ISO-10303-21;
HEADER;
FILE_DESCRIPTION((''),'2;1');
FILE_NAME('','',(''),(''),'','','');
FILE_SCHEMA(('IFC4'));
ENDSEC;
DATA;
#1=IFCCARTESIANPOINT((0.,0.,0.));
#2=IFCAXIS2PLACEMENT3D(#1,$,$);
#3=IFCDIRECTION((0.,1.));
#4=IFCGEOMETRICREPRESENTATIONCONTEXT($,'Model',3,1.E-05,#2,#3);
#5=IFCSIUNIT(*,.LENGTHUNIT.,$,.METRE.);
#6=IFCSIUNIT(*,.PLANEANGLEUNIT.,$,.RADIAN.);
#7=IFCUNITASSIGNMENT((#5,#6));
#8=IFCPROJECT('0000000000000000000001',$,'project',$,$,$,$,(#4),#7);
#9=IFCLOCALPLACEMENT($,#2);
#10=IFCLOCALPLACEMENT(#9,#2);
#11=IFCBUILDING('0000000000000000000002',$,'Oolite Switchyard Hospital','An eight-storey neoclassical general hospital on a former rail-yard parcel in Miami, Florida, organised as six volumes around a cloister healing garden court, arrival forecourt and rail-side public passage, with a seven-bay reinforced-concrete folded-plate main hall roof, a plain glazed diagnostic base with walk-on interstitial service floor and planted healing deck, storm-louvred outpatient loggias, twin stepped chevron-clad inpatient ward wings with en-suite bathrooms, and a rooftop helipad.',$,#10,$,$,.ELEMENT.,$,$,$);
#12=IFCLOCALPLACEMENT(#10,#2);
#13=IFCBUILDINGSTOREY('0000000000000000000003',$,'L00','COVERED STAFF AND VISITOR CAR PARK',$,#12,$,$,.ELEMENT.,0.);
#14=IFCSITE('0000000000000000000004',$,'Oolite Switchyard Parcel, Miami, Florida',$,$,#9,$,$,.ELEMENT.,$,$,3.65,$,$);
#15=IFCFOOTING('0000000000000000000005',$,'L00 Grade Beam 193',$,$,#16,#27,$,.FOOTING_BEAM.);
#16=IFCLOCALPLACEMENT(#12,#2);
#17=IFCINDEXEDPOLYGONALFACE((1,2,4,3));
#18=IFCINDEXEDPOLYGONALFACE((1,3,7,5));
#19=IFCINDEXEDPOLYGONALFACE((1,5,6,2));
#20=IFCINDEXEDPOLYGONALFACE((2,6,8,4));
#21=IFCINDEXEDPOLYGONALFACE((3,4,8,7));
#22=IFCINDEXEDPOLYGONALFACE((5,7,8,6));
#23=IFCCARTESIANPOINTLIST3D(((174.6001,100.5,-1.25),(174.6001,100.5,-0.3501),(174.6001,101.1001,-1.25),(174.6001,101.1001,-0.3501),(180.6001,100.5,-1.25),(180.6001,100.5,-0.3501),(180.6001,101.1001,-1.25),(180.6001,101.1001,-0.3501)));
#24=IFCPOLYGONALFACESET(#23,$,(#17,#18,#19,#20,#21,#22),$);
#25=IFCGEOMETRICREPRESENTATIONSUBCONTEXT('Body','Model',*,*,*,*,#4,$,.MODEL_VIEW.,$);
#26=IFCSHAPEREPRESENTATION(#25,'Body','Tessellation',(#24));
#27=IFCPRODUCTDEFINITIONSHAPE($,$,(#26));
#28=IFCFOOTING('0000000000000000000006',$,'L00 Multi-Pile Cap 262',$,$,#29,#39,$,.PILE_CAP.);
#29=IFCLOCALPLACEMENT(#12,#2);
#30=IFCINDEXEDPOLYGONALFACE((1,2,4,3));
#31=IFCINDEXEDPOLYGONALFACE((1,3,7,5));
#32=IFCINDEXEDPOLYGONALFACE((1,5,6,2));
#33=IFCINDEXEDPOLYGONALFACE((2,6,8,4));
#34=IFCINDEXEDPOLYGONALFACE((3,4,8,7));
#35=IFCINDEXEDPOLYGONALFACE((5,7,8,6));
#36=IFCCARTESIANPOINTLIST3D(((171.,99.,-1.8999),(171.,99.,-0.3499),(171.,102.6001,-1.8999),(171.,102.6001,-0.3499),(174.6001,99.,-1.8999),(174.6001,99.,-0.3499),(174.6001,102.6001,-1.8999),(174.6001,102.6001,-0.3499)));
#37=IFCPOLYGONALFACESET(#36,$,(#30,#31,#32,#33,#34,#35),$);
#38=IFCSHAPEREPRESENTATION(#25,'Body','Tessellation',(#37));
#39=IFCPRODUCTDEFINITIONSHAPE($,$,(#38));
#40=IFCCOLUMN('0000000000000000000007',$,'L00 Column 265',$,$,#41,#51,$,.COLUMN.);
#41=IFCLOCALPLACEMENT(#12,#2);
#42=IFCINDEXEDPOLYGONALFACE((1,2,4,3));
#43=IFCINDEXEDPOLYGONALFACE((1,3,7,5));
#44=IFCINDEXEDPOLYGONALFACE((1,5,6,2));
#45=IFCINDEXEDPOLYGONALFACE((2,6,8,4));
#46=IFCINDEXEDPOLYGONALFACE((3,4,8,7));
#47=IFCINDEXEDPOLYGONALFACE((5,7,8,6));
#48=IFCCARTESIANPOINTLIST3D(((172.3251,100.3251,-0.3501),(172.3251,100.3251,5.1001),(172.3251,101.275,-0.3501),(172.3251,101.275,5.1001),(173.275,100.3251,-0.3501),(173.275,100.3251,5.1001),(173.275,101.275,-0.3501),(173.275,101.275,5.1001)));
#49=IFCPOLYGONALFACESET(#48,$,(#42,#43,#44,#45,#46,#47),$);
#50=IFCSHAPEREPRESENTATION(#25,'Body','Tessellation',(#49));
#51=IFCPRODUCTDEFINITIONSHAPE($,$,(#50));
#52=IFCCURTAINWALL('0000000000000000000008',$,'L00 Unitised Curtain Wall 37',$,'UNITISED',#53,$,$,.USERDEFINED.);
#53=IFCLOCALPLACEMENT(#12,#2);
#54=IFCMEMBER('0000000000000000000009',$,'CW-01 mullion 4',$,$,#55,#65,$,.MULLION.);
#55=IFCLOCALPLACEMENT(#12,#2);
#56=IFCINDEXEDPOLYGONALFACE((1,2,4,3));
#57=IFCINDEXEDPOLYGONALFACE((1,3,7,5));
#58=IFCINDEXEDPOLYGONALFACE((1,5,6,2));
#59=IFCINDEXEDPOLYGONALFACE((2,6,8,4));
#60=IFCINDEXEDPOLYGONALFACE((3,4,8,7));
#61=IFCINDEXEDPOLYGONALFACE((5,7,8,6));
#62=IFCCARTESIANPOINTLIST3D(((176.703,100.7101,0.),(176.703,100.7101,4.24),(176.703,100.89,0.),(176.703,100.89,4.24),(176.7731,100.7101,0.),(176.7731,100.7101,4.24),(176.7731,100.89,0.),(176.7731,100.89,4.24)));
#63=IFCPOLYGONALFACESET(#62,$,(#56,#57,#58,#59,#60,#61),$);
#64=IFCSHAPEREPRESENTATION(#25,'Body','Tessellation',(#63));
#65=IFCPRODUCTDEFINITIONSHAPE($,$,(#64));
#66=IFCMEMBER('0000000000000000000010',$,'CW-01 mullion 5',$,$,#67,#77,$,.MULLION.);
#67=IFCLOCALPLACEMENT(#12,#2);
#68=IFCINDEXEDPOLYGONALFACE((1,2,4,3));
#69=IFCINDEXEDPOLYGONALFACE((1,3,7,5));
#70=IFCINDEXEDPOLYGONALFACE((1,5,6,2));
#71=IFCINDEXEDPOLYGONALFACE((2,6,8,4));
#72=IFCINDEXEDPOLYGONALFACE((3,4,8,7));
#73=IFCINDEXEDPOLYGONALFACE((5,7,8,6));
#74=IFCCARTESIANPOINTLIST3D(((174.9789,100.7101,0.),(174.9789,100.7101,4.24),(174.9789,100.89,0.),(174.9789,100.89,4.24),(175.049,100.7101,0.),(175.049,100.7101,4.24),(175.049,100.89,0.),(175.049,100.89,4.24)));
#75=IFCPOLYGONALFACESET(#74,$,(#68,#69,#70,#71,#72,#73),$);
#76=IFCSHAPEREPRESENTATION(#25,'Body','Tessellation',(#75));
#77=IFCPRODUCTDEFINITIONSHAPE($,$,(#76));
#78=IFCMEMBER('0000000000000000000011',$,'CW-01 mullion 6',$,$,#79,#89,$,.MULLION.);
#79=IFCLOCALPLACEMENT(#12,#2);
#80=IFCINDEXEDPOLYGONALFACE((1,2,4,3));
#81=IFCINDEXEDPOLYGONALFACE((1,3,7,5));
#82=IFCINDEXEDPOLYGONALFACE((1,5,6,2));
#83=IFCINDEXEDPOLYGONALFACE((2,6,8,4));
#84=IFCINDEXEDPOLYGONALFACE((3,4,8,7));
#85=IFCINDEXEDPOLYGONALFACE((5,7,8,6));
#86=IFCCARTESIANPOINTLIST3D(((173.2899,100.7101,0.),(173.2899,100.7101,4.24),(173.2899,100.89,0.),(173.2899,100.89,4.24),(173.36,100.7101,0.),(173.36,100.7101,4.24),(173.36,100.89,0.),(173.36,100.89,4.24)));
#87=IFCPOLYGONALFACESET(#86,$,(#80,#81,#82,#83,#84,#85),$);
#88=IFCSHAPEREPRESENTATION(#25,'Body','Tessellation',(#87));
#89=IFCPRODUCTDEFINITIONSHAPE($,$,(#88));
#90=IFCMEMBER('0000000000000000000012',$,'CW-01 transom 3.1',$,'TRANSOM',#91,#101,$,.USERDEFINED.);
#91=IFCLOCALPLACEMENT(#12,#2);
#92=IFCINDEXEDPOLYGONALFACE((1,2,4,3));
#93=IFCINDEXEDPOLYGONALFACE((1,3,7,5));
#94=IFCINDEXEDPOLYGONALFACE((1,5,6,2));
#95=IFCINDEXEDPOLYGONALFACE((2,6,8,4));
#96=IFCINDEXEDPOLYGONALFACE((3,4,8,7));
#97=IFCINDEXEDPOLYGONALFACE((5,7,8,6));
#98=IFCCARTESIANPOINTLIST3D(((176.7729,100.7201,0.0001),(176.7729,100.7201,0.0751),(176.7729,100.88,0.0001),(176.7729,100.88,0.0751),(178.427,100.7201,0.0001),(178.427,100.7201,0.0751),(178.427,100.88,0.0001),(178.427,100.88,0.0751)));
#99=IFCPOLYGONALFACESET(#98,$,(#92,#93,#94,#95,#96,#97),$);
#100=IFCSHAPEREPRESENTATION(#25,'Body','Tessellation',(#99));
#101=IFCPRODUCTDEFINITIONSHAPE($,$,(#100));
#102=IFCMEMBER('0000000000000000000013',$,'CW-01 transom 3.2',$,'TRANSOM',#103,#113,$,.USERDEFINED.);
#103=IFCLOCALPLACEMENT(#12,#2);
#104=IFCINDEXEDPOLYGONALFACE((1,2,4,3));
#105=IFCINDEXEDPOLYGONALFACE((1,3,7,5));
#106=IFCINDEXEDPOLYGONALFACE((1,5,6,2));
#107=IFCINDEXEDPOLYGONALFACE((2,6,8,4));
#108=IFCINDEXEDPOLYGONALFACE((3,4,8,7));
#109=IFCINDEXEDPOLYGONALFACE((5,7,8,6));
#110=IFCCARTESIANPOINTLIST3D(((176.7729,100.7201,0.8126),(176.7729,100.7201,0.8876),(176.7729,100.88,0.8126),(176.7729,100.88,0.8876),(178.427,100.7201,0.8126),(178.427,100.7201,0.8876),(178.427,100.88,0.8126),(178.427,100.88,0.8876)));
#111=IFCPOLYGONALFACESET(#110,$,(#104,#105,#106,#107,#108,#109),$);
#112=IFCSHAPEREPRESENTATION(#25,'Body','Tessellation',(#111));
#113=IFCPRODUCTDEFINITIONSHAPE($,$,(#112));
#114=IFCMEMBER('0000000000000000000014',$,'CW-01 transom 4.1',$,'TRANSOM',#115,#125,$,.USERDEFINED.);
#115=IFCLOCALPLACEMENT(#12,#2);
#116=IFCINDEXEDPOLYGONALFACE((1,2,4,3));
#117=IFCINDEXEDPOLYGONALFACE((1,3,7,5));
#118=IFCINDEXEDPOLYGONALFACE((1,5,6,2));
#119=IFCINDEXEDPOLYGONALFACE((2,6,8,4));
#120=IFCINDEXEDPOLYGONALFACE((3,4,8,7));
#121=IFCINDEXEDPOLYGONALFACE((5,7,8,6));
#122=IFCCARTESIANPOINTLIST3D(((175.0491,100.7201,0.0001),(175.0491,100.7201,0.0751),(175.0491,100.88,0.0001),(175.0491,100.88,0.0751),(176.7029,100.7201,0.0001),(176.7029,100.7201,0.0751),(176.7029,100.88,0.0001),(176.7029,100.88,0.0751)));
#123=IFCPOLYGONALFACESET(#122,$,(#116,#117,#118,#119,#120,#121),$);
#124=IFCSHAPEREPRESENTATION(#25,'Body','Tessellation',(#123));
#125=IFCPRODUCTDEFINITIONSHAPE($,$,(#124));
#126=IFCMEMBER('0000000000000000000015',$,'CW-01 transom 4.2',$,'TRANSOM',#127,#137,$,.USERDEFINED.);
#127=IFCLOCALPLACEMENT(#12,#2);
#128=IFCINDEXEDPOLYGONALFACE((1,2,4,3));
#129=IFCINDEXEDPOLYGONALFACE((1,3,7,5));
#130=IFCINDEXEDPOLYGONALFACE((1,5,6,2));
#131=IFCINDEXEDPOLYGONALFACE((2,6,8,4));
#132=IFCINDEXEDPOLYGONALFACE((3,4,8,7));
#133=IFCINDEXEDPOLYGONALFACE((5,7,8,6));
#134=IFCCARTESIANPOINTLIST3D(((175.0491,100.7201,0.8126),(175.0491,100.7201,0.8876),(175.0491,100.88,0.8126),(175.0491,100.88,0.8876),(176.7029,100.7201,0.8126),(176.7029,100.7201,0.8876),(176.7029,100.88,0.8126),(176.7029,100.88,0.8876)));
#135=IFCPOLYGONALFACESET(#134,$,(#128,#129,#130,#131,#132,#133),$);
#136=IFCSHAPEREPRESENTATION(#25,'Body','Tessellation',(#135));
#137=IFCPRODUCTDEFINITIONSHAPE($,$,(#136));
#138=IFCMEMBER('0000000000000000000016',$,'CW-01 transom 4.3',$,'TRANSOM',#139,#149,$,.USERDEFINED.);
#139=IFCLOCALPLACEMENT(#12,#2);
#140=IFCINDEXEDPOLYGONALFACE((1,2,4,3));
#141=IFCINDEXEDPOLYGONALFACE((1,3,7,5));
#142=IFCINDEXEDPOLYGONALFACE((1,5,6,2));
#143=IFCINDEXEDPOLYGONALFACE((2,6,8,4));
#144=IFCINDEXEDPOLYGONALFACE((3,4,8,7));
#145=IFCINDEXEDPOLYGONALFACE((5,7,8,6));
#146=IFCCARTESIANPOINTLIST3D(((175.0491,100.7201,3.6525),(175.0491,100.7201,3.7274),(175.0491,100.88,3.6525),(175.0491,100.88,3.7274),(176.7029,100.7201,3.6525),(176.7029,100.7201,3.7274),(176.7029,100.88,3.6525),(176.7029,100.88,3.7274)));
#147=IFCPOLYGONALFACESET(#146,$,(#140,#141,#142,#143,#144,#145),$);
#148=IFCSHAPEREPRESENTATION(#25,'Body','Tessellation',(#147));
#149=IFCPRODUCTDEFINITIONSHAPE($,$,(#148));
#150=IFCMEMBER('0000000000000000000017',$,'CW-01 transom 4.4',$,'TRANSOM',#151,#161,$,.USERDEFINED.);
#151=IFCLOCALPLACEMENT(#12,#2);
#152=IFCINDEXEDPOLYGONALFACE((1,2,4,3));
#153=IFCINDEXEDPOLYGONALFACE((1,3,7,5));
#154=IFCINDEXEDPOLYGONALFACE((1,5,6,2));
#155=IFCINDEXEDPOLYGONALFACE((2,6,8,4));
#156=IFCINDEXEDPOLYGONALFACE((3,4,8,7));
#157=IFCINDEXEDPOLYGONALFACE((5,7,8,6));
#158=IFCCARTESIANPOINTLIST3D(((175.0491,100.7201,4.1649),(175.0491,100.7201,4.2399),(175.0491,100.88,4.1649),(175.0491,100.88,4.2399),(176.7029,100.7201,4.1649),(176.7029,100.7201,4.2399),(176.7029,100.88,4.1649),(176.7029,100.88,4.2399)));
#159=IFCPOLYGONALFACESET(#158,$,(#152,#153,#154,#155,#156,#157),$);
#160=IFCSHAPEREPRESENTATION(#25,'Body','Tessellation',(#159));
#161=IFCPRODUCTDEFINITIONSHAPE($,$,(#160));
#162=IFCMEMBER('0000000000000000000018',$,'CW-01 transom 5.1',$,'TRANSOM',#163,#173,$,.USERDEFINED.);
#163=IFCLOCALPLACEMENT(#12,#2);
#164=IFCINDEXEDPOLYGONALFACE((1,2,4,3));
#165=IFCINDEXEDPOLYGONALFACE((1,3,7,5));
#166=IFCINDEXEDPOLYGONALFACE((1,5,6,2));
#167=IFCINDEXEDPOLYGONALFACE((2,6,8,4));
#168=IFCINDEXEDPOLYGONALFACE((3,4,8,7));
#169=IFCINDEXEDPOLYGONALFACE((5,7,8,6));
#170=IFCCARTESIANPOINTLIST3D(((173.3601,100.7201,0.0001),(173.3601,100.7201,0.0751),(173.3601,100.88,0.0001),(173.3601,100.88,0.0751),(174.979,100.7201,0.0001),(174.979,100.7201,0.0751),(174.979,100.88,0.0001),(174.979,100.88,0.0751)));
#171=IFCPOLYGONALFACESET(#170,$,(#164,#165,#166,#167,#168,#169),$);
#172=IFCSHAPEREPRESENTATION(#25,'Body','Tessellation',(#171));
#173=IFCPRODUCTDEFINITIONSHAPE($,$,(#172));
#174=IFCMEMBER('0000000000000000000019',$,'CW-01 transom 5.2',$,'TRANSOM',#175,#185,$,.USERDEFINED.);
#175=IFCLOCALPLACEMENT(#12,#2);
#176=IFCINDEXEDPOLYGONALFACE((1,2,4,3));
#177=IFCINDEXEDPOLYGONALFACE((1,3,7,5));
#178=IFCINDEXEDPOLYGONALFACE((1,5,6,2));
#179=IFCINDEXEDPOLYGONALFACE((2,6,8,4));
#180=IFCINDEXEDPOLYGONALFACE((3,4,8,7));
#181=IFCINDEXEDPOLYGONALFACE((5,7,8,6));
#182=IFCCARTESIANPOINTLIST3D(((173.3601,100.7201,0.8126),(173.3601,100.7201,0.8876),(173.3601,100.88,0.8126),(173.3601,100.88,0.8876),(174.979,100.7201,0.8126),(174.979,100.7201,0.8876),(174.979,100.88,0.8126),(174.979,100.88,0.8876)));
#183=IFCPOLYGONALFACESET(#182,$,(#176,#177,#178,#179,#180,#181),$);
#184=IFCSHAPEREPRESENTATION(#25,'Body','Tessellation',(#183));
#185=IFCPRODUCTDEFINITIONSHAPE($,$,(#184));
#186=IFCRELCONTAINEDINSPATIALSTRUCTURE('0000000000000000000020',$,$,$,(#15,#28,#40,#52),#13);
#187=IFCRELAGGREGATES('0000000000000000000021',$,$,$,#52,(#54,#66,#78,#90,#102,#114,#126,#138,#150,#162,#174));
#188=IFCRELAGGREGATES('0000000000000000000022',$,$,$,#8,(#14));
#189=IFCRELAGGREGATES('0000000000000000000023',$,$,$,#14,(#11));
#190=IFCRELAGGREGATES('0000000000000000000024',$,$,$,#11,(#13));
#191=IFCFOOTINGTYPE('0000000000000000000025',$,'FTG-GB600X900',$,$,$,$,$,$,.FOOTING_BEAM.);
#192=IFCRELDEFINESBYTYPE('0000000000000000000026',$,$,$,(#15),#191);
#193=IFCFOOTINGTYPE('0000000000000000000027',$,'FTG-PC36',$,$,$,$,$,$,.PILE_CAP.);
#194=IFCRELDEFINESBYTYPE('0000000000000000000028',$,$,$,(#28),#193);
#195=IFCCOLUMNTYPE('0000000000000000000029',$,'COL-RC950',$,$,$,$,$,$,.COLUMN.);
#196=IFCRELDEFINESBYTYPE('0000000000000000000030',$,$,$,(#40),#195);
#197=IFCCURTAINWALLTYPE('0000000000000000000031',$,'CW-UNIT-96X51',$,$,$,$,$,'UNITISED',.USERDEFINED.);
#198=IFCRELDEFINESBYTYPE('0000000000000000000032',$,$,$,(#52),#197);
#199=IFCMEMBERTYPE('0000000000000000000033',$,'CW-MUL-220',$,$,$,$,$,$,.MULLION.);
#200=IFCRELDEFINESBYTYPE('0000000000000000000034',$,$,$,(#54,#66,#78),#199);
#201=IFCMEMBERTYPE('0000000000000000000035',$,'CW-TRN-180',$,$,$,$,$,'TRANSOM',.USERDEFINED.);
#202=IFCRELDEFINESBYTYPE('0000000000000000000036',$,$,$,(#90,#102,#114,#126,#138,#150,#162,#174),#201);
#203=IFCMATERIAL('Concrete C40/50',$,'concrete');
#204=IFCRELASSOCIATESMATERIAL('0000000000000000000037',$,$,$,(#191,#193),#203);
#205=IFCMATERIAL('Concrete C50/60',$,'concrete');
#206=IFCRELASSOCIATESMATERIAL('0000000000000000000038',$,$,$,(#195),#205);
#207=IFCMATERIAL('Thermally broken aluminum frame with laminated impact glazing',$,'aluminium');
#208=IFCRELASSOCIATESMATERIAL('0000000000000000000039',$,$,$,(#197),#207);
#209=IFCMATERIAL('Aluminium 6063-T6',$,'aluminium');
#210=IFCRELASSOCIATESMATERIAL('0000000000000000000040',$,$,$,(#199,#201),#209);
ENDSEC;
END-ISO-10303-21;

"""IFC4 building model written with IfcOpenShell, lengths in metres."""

from ifc_helpers import new_model, si_unit, direction, frame, origin, origin_2d, place, context, subcontext, project, spatial, rectangle, extrude, material, material_profile, profile_set, type_object, element, aggregate, save


model = new_model("IFC4")

# Units and contexts
model_context = context("Model", 3, precision=1e-05, world=origin(), true_north=direction((0.0, 1.0)))
body_context = subcontext(model_context, "Body", "Model", "MODEL_VIEW")
ifc_project = project(units=[si_unit("LENGTHUNIT", "METRE"), si_unit("PLANEANGLEUNIT", "RADIAN")], contexts=[model_context])

# Site, building, storey
site_placement = place(None, origin())
site = spatial("IfcSite", under=ifc_project, at=site_placement, Name="Oolite Switchyard Parcel, Miami, Florida", CompositionType="ELEMENT", RefElevation=3.65)
building_placement = place(site_placement, origin())
building = spatial("IfcBuilding", under=site, at=building_placement, Name="Oolite Switchyard Hospital", Description="An eight-storey neoclassical general hospital on a former rail-yard parcel in Miami, Florida, organised as six volumes around a cloister healing garden court, arrival forecourt and rail-side public passage, with a seven-bay reinforced-concrete folded-plate main hall roof, a plain glazed diagnostic base with walk-on interstitial service floor and planted healing deck, storm-louvred outpatient loggias, twin stepped chevron-clad inpatient ward wings with en-suite bathrooms, and a rooftop helipad.", CompositionType="ELEMENT")
storey_placement = place(building_placement, origin())
storey = spatial("IfcBuildingStorey", under=building, at=storey_placement, Name="L00", Description="COVERED STAFF AND VISITOR CAR PARK", CompositionType="ELEMENT", Elevation=0.0)

# Footings
ifc_material_1 = material(Name="Concrete C40/50", Category="concrete")
footing_type_1 = type_object("IfcFootingType", Name="FTG-GB600X900", PredefinedType="FOOTING_BEAM", material=ifc_material_1)
footing_1_placement = place(storey_placement, frame((177.6001, 100.8, -1.25), z_axis=(0.0, 0.0, 1.0), x_axis=(1.0, 0.0, 0.0)))
element("IfcFooting", 1, at=footing_1_placement, inside=storey, type_object=footing_type_1, Name="L00 Grade Beam 193", PredefinedType="FOOTING_BEAM", context=body_context, shape_type="SweptSolid", body=[
    extrude(rectangle(XDim=6.0, YDim=0.6001, at=origin_2d()), origin(), (0.0, 0.0, 1.0), 0.8999),
])
footing_type_2 = type_object("IfcFootingType", Name="FTG-PC36", PredefinedType="PILE_CAP", material=ifc_material_1)
footing_2_placement = place(storey_placement, frame((172.8, 100.8, -1.8999), z_axis=(0.0, 0.0, 1.0), x_axis=(1.0, 0.0, 0.0)))
element("IfcFooting", 2, at=footing_2_placement, inside=storey, type_object=footing_type_2, Name="L00 Multi-Pile Cap 262", PredefinedType="PILE_CAP", context=body_context, shape_type="SweptSolid", body=[
    extrude(rectangle(XDim=3.6001, YDim=3.6001, at=origin_2d()), origin(), (0.0, 0.0, 1.0), 1.55),
])

# Column
ifc_material_2 = material(Name="Concrete C50/60", Category="concrete")
ifc_material_profile_1 = material_profile(ifc_material_2, rectangle(XDim=0.95, YDim=0.95, at=origin_2d()), Name="RC950X950")
ifc_profile_set_1 = profile_set([ifc_material_profile_1], Name="Concrete C50/60")
column_type = type_object("IfcColumnType", Name="COL-RC950", PredefinedType="COLUMN", material=ifc_profile_set_1)
column_placement = place(storey_placement, frame((172.8, 100.8, -0.3501), z_axis=(0.0, 0.0, 1.0), x_axis=(1.0, 0.0, 0.0)))
element("IfcColumn", 3, at=column_placement, inside=storey, type_object=column_type, Name="L00 Column 265", PredefinedType="COLUMN", context=body_context, shape_type="SweptSolid", body=[
    extrude(rectangle(XDim=0.95, YDim=0.95, at=origin_2d()), origin(), (0.0, 0.0, 1.0), 5.4502),
])

# Curtain wall, members
ifc_material_3 = material(Name="Thermally broken aluminum frame with laminated impact glazing", Category="aluminium")
curtain_wall_type = type_object("IfcCurtainWallType", Name="CW-UNIT-96X51", ElementType="UNITISED", PredefinedType="USERDEFINED", material=ifc_material_3)
curtain_wall_placement = place(storey_placement, origin())
curtain_wall = element("IfcCurtainWall", 4, at=curtain_wall_placement, inside=storey, type_object=curtain_wall_type, Name="L00 Unitised Curtain Wall 37", ObjectType="UNITISED", PredefinedType="USERDEFINED")
ifc_material_4 = material(Name="Aluminium 6063-T6", Category="aluminium")
ifc_material_profile_2 = material_profile(ifc_material_4, rectangle(XDim=0.1799, YDim=0.0701, at=origin_2d()), Name="CWM70X180")
ifc_profile_set_2 = profile_set([ifc_material_profile_2], Name="Aluminium 6063-T6")
member_type_1 = type_object("IfcMemberType", Name="CW-MUL-220", PredefinedType="MULLION", material=ifc_profile_set_2)
member_1_placement = place(storey_placement, frame((176.738, 100.8, 0.0), z_axis=(0.0, 0.0, 1.0), x_axis=(0.0, -1.0, 0.0)))
member_1 = element("IfcMember", 5, at=member_1_placement, type_object=member_type_1, Name="CW-01 mullion 4", PredefinedType="MULLION", context=body_context, shape_type="SweptSolid", body=[
    extrude(rectangle(XDim=0.1799, YDim=0.0701, at=origin_2d()), origin(), (0.0, 0.0, 1.0), 4.24),
])
member_2_placement = place(storey_placement, frame((175.0139, 100.8, 0.0), z_axis=(0.0, 0.0, 1.0), x_axis=(0.0, -1.0, 0.0)))
member_2 = element("IfcMember", 6, at=member_2_placement, type_object=member_type_1, Name="CW-01 mullion 5", PredefinedType="MULLION", context=body_context, shape_type="SweptSolid", body=[
    extrude(rectangle(XDim=0.1799, YDim=0.0701, at=origin_2d()), origin(), (0.0, 0.0, 1.0), 4.24),
])
member_3_placement = place(storey_placement, frame((173.325, 100.8, 0.0), z_axis=(0.0, 0.0, 1.0), x_axis=(0.0, -1.0, 0.0)))
member_3 = element("IfcMember", 7, at=member_3_placement, type_object=member_type_1, Name="CW-01 mullion 6", PredefinedType="MULLION", context=body_context, shape_type="SweptSolid", body=[
    extrude(rectangle(XDim=0.1799, YDim=0.0701, at=origin_2d()), origin(), (0.0, 0.0, 1.0), 4.24),
])
ifc_material_profile_3 = material_profile(ifc_material_4, rectangle(XDim=0.1599, YDim=0.075, at=origin_2d()), Name="CWT75X160")
ifc_profile_set_3 = profile_set([ifc_material_profile_3], Name="Aluminium 6063-T6")
member_type_2 = type_object("IfcMemberType", Name="CW-TRN-180", ElementType="TRANSOM", PredefinedType="USERDEFINED", material=ifc_profile_set_3)
member_4_placement = place(storey_placement, frame((178.427, 100.8, 0.0376), z_axis=(-1.0, 0.0, 0.0), x_axis=(0.0, -1.0, 0.0)))
member_4 = element("IfcMember", 8, at=member_4_placement, type_object=member_type_2, Name="CW-01 transom 3.1", ObjectType="TRANSOM", PredefinedType="USERDEFINED", context=body_context, shape_type="SweptSolid", body=[
    extrude(rectangle(XDim=0.1599, YDim=0.075, at=origin_2d()), origin(), (0.0, 0.0, 1.0), 1.6541),
])
member_5_placement = place(storey_placement, frame((178.427, 100.8, 0.8501), z_axis=(-1.0, 0.0, 0.0), x_axis=(0.0, -1.0, 0.0)))
member_5 = element("IfcMember", 9, at=member_5_placement, type_object=member_type_2, Name="CW-01 transom 3.2", ObjectType="TRANSOM", PredefinedType="USERDEFINED", context=body_context, shape_type="SweptSolid", body=[
    extrude(rectangle(XDim=0.1599, YDim=0.075, at=origin_2d()), origin(), (0.0, 0.0, 1.0), 1.6541),
])
member_6_placement = place(storey_placement, frame((176.7029, 100.8, 0.0376), z_axis=(-1.0, 0.0, 0.0), x_axis=(0.0, -1.0, 0.0)))
member_6 = element("IfcMember", 10, at=member_6_placement, type_object=member_type_2, Name="CW-01 transom 4.1", ObjectType="TRANSOM", PredefinedType="USERDEFINED", context=body_context, shape_type="SweptSolid", body=[
    extrude(rectangle(XDim=0.1599, YDim=0.075, at=origin_2d()), origin(), (0.0, 0.0, 1.0), 1.6538),
])
member_7_placement = place(storey_placement, frame((176.7029, 100.8, 0.8501), z_axis=(-1.0, 0.0, 0.0), x_axis=(0.0, -1.0, 0.0)))
member_7 = element("IfcMember", 11, at=member_7_placement, type_object=member_type_2, Name="CW-01 transom 4.2", ObjectType="TRANSOM", PredefinedType="USERDEFINED", context=body_context, shape_type="SweptSolid", body=[
    extrude(rectangle(XDim=0.1599, YDim=0.075, at=origin_2d()), origin(), (0.0, 0.0, 1.0), 1.6538),
])
member_8_placement = place(storey_placement, frame((176.7029, 100.8, 3.6899), z_axis=(-1.0, 0.0, 0.0), x_axis=(0.0, -1.0, 0.0)))
member_8 = element("IfcMember", 12, at=member_8_placement, type_object=member_type_2, Name="CW-01 transom 4.3", ObjectType="TRANSOM", PredefinedType="USERDEFINED", context=body_context, shape_type="SweptSolid", body=[
    extrude(rectangle(XDim=0.1599, YDim=0.075, at=origin_2d()), origin(), (0.0, 0.0, 1.0), 1.6538),
])
member_9_placement = place(storey_placement, frame((176.7029, 100.8, 4.2024), z_axis=(-1.0, 0.0, 0.0), x_axis=(0.0, -1.0, 0.0)))
member_9 = element("IfcMember", 13, at=member_9_placement, type_object=member_type_2, Name="CW-01 transom 4.4", ObjectType="TRANSOM", PredefinedType="USERDEFINED", context=body_context, shape_type="SweptSolid", body=[
    extrude(rectangle(XDim=0.1599, YDim=0.075, at=origin_2d()), origin(), (0.0, 0.0, 1.0), 1.6538),
])
member_10_placement = place(storey_placement, frame((174.979, 100.8, 0.0376), z_axis=(-1.0, 0.0, 0.0), x_axis=(0.0, -1.0, 0.0)))
member_10 = element("IfcMember", 14, at=member_10_placement, type_object=member_type_2, Name="CW-01 transom 5.1", ObjectType="TRANSOM", PredefinedType="USERDEFINED", context=body_context, shape_type="SweptSolid", body=[
    extrude(rectangle(XDim=0.1599, YDim=0.075, at=origin_2d()), origin(), (0.0, 0.0, 1.0), 1.6189),
])
member_11_placement = place(storey_placement, frame((174.979, 100.8, 0.8501), z_axis=(-1.0, 0.0, 0.0), x_axis=(0.0, -1.0, 0.0)))
member_11 = element("IfcMember", 15, at=member_11_placement, type_object=member_type_2, Name="CW-01 transom 5.2", ObjectType="TRANSOM", PredefinedType="USERDEFINED", context=body_context, shape_type="SweptSolid", body=[
    extrude(rectangle(XDim=0.1599, YDim=0.075, at=origin_2d()), origin(), (0.0, 0.0, 1.0), 1.6189),
])
aggregate(curtain_wall, [member_1, member_2, member_3, member_4, member_5, member_6, member_7, member_8, member_9, member_10, member_11])

save(model, "model.ifc")
